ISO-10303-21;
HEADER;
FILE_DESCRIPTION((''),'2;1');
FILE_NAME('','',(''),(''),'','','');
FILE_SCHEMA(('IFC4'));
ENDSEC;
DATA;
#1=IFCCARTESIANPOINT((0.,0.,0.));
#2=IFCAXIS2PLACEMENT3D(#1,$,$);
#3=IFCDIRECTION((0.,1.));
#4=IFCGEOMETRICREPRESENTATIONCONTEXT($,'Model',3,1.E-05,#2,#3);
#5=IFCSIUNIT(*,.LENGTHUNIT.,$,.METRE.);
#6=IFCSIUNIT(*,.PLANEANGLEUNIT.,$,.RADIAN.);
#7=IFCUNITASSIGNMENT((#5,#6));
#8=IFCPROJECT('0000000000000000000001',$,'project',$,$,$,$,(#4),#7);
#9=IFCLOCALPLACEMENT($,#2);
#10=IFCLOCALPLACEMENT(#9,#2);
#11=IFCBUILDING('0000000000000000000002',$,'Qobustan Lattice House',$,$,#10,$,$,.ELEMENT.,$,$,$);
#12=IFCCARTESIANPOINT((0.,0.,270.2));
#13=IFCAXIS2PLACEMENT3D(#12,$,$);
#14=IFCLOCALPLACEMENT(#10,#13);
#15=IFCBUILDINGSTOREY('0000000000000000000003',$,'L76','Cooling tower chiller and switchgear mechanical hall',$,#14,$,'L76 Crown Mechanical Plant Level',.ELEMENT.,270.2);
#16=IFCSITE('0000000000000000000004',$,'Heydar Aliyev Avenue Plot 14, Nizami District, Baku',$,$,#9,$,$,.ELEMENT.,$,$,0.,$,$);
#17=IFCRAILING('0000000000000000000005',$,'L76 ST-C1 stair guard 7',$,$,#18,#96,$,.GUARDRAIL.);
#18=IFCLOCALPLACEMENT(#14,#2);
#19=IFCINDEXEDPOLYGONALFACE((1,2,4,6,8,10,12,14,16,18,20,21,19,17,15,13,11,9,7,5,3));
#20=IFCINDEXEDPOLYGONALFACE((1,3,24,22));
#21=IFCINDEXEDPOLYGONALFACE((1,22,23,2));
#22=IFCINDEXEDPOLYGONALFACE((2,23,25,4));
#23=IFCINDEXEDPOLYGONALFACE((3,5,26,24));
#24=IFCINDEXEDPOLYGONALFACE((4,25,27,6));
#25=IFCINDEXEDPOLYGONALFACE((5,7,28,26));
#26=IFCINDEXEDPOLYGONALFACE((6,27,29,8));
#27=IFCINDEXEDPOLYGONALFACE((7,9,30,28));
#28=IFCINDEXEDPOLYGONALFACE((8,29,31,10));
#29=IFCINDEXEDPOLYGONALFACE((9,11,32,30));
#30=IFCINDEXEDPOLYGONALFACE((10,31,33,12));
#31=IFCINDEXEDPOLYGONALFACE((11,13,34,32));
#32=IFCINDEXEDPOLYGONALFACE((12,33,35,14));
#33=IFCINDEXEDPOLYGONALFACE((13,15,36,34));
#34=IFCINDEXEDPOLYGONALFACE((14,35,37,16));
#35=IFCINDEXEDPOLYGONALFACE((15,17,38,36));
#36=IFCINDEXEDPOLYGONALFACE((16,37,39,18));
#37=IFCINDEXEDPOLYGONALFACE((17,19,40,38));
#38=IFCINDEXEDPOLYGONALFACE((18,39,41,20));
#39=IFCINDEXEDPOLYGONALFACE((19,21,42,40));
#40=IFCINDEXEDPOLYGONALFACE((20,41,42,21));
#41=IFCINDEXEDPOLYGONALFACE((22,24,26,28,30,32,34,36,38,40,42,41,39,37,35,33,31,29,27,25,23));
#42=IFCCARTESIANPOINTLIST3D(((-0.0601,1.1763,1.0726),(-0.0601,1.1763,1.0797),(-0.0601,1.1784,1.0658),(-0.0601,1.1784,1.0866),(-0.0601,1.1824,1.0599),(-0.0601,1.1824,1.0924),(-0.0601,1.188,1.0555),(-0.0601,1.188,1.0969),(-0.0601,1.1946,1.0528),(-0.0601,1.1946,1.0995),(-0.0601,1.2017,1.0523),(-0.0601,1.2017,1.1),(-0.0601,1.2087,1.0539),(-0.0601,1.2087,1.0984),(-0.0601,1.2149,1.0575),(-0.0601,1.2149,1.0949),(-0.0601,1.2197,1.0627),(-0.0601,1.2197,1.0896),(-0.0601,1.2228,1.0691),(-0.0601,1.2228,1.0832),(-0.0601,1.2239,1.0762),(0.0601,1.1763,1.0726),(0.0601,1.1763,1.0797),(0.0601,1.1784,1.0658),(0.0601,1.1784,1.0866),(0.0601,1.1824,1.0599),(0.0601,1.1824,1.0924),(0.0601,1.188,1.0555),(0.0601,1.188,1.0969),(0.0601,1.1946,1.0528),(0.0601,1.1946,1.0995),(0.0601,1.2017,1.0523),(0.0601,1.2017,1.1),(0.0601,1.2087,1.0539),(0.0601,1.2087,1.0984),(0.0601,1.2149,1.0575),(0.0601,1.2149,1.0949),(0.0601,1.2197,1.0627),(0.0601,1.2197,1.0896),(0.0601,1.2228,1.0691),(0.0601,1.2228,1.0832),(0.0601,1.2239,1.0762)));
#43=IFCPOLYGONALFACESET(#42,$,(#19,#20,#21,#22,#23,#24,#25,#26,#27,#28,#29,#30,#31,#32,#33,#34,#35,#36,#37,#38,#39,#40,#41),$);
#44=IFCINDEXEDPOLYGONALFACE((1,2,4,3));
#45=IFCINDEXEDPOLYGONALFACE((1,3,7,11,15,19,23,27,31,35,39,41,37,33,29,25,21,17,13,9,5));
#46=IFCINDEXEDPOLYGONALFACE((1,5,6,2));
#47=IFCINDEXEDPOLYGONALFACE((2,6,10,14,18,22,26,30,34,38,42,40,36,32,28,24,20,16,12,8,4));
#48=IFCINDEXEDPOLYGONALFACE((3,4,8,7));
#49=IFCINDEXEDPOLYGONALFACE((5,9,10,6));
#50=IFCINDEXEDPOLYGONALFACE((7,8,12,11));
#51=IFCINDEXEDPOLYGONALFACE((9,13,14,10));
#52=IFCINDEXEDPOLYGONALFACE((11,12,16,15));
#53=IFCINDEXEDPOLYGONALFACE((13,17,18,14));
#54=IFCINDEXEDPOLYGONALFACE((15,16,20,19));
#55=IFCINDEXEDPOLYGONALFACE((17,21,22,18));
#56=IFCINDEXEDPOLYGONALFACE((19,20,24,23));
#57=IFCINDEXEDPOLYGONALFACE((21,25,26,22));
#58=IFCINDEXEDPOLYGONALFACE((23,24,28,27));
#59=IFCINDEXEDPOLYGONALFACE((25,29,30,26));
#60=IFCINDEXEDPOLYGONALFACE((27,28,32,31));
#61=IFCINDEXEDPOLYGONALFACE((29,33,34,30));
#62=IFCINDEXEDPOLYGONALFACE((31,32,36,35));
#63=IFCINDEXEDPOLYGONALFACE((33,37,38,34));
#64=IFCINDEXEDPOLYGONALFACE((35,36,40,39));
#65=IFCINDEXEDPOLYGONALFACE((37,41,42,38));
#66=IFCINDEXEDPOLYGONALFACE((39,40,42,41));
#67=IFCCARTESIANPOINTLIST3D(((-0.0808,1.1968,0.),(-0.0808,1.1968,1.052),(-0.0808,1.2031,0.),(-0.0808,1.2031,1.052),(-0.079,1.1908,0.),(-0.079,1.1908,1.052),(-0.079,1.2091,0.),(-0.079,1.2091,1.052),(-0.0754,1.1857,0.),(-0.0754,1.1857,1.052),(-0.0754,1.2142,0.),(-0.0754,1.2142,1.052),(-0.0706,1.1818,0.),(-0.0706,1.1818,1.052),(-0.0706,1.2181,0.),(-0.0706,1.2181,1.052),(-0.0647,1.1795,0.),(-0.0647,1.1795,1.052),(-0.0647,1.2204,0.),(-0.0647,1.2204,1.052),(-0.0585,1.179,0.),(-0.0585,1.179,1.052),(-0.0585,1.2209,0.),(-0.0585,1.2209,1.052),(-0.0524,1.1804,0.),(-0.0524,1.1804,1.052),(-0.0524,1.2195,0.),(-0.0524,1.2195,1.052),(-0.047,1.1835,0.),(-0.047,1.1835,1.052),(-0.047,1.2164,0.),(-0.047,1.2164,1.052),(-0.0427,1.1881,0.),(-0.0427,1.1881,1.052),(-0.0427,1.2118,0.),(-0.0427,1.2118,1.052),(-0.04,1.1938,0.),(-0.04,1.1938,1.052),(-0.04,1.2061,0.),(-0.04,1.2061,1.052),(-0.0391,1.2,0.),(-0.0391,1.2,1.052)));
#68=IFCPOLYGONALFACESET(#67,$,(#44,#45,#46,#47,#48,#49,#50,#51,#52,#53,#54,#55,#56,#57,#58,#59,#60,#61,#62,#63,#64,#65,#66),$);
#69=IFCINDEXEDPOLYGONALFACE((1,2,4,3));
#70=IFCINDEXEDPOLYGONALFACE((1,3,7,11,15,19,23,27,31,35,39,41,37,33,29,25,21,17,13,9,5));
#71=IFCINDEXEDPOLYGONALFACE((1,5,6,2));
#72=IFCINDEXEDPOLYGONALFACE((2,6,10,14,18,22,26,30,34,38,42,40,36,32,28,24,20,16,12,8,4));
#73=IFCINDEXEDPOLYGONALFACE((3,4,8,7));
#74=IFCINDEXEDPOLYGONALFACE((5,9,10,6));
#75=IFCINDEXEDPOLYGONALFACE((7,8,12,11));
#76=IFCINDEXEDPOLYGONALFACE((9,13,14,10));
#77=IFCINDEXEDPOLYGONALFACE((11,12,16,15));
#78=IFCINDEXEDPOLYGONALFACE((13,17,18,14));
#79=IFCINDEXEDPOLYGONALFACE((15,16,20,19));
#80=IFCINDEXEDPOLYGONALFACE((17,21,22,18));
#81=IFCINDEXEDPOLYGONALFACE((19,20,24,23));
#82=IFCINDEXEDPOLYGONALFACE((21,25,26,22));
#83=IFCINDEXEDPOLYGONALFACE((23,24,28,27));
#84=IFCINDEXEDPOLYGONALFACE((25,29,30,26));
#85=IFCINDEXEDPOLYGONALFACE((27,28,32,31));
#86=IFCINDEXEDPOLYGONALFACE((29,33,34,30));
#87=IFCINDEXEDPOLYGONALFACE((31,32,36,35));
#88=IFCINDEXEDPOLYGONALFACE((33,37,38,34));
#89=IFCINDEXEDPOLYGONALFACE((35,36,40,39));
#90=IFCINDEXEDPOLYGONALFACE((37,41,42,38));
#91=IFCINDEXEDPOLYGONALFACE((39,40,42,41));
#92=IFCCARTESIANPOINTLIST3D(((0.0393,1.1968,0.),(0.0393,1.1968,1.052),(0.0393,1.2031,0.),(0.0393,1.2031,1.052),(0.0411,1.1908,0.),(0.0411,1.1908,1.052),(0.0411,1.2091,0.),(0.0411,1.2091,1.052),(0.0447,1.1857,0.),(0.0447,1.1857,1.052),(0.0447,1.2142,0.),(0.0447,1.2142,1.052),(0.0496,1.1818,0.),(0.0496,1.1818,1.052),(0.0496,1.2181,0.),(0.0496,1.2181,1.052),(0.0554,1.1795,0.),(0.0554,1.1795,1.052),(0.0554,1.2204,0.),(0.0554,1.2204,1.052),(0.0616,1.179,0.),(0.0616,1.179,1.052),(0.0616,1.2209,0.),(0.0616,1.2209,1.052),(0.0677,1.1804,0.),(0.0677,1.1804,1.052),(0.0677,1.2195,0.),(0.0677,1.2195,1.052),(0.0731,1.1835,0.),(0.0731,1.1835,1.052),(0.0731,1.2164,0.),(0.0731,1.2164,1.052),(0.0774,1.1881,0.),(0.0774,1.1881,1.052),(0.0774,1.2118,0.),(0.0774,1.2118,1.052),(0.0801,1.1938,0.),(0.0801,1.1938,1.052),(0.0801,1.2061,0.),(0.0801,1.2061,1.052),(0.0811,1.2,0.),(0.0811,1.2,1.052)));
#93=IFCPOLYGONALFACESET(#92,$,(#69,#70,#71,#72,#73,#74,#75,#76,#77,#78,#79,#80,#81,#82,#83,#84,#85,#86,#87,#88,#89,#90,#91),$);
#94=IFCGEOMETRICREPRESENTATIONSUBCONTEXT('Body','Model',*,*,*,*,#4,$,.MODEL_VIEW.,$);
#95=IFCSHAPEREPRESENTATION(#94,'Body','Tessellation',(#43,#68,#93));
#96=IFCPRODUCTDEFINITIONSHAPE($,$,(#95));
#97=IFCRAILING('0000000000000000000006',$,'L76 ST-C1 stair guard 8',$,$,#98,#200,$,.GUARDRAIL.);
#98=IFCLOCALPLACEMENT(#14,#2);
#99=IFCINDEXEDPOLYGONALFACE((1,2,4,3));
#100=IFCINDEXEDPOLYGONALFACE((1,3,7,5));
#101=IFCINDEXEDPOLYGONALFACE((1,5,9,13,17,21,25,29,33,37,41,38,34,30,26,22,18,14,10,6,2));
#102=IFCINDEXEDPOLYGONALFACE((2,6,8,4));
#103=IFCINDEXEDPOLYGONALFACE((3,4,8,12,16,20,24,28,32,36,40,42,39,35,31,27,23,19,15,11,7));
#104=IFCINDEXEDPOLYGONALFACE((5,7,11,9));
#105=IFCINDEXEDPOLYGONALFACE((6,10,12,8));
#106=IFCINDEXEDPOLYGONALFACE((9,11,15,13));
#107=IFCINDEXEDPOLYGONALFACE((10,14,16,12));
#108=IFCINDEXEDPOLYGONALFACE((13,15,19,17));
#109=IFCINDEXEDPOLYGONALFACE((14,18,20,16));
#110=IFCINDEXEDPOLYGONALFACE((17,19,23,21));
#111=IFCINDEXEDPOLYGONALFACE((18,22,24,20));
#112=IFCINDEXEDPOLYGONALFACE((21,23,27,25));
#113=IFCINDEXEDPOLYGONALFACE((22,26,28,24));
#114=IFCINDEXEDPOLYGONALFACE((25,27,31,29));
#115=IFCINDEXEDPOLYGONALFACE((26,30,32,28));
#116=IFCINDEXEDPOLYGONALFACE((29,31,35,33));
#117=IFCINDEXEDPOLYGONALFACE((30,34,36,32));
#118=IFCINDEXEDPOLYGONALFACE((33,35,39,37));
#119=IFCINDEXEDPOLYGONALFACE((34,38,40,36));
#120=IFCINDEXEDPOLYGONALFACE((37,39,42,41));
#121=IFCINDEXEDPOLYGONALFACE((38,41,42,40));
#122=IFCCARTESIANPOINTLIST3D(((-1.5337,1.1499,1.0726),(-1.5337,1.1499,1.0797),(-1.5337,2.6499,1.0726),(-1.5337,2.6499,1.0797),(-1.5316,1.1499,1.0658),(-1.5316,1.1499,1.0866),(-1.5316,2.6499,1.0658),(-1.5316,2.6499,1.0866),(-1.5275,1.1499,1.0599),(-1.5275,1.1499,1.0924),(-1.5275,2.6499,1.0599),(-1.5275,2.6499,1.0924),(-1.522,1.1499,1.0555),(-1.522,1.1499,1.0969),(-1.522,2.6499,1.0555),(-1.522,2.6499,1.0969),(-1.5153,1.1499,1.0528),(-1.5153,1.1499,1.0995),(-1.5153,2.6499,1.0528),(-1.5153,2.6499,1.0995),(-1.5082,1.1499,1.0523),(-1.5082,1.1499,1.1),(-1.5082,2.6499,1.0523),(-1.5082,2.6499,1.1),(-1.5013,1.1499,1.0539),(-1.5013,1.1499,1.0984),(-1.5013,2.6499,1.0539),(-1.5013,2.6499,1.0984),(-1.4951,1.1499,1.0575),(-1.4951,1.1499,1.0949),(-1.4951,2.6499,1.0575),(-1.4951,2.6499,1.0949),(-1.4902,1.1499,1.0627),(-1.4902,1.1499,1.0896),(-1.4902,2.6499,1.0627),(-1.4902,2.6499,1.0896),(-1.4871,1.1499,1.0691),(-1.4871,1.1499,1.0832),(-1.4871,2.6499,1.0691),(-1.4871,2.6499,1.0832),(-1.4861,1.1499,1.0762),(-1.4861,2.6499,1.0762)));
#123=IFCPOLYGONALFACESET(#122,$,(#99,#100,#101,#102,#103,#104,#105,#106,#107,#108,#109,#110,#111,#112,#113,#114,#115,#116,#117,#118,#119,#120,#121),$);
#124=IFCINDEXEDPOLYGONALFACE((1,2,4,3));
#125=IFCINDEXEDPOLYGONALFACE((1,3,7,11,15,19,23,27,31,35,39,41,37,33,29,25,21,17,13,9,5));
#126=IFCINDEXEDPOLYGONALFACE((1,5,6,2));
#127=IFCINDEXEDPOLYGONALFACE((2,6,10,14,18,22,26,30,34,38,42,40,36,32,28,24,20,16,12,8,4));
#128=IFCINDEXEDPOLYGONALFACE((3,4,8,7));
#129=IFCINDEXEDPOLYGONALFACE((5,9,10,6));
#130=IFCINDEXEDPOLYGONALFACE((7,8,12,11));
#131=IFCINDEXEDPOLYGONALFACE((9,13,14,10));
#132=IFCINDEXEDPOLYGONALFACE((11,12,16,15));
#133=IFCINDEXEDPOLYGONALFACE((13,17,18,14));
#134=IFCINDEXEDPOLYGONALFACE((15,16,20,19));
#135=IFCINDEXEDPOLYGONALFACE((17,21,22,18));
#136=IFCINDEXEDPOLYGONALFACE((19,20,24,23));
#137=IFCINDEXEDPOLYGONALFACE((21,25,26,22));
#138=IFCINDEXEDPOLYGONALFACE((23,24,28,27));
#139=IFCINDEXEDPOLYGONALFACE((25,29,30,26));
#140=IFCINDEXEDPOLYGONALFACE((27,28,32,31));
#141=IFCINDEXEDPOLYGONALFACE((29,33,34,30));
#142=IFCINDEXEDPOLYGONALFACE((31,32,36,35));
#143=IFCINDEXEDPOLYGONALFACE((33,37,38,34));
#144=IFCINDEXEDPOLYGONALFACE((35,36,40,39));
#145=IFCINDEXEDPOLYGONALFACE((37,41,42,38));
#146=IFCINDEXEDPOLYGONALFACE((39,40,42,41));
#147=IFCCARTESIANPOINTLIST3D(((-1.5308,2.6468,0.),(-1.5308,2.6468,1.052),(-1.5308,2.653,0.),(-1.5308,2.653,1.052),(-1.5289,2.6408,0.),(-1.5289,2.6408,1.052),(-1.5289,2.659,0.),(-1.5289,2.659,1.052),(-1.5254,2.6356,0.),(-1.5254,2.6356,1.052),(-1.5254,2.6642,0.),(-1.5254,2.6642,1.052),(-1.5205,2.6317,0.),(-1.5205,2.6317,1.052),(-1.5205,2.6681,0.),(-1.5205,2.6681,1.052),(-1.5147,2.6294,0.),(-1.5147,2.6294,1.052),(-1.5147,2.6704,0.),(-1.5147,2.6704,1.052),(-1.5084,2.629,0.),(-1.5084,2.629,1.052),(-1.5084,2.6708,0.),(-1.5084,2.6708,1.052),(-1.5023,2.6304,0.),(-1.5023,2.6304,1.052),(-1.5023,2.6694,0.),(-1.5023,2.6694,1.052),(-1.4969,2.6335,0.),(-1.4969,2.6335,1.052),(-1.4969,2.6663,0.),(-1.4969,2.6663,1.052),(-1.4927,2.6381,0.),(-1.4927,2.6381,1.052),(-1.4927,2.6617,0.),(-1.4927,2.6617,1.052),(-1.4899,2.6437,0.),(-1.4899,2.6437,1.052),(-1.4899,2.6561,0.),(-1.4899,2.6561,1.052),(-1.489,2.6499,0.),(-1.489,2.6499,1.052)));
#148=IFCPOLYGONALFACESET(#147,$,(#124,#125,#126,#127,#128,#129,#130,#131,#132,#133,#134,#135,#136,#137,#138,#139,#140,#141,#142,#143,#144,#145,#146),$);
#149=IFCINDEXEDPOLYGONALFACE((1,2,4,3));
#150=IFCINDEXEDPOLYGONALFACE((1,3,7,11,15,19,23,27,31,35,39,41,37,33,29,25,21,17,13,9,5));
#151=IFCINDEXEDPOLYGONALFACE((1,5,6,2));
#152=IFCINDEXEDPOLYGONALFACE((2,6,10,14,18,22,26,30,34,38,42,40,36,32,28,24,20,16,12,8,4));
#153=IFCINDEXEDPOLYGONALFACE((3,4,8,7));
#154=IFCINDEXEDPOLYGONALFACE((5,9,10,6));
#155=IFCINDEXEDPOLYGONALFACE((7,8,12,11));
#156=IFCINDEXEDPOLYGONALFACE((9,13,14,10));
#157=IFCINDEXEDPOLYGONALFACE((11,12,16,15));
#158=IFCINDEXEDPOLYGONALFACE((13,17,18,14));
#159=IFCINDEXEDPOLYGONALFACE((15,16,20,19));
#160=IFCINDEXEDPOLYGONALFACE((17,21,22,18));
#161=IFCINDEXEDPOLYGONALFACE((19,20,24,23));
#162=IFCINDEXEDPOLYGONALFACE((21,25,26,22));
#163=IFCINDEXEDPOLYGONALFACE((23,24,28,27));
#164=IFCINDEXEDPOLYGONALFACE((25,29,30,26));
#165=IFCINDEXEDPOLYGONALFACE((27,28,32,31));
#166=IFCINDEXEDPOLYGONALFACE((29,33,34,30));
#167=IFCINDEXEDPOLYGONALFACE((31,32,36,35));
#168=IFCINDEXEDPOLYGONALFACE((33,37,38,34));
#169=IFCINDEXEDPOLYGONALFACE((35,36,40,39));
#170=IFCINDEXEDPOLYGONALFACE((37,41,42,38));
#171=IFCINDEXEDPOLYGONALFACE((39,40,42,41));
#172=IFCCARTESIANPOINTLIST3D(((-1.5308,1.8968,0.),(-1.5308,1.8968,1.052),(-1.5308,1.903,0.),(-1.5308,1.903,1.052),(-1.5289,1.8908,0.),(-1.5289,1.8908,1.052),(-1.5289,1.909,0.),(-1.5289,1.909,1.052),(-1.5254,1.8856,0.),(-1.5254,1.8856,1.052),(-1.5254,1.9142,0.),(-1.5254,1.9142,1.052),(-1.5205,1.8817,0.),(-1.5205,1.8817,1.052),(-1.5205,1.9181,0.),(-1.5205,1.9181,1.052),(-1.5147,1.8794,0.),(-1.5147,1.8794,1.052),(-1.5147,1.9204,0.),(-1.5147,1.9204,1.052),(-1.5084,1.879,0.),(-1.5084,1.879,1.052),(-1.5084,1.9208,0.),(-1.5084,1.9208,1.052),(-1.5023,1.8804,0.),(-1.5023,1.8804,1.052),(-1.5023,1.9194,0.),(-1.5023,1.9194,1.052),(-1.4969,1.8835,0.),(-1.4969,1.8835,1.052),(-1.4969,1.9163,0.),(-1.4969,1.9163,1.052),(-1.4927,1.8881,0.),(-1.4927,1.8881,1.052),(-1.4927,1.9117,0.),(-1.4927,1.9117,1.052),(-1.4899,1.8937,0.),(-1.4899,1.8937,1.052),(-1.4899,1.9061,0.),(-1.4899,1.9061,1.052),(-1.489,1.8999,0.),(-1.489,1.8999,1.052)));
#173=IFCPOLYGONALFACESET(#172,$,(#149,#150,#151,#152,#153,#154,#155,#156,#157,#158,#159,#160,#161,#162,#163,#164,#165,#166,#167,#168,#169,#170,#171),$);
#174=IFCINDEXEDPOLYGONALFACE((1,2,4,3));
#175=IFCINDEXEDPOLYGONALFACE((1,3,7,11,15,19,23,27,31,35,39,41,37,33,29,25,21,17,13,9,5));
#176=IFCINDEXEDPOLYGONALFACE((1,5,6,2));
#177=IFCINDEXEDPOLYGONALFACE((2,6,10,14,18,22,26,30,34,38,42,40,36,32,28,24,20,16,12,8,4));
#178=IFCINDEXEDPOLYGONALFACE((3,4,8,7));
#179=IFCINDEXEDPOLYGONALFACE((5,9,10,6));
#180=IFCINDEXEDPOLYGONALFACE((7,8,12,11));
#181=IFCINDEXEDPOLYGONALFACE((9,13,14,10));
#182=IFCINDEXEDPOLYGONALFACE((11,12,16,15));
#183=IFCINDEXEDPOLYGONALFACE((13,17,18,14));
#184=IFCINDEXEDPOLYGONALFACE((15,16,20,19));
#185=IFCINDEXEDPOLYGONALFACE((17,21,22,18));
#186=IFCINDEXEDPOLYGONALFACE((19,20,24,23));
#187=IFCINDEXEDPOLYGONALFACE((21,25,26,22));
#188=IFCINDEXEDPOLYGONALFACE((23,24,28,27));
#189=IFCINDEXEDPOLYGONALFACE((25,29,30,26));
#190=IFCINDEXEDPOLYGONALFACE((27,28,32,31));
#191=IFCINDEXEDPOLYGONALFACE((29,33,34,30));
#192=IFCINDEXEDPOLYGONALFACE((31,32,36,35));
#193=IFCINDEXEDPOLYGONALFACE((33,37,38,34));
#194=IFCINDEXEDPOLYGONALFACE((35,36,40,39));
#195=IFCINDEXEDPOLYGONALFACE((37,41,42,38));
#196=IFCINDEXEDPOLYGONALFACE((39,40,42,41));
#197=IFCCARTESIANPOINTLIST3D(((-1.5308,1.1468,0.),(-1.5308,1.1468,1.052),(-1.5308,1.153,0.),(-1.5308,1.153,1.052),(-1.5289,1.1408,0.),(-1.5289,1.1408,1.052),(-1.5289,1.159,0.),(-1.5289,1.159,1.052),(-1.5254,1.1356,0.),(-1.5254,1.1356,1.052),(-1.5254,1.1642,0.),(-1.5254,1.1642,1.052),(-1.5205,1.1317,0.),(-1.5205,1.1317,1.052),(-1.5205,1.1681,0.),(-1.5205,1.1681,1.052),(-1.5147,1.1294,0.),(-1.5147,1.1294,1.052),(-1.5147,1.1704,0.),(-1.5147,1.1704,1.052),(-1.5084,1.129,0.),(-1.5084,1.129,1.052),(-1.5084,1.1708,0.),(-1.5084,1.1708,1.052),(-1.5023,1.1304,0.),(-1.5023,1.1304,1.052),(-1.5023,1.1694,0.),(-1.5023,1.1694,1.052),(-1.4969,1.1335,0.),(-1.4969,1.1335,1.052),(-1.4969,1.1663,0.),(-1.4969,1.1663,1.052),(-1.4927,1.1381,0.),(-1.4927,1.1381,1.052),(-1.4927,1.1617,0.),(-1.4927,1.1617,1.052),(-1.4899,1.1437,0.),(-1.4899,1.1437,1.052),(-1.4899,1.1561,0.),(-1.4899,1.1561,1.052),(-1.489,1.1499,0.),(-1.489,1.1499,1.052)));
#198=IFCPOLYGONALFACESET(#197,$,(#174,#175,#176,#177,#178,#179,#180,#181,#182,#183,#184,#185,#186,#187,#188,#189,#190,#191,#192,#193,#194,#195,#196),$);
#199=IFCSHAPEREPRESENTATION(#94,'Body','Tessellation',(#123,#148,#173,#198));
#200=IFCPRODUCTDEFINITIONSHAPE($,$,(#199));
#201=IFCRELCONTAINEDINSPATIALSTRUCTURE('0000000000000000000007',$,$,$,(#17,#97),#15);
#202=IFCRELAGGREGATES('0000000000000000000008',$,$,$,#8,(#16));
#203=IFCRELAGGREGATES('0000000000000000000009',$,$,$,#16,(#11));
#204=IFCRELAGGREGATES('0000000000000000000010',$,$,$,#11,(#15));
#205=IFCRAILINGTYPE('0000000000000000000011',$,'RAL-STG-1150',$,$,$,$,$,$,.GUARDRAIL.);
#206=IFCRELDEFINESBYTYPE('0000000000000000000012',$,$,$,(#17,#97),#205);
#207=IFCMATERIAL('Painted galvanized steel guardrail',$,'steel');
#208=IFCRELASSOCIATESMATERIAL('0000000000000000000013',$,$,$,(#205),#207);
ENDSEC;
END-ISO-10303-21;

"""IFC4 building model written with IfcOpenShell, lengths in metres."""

from ifc_helpers import new_model, si_unit, direction, frame, origin, origin_2d, place, context, subcontext, project, spatial, circle, extrude, material, type_object, element, save


model = new_model("IFC4")

# Units and contexts
model_context = context("Model", 3, precision=1e-05, world=origin(), true_north=direction((0.0, 1.0)))
body_context = subcontext(model_context, "Body", "Model", "MODEL_VIEW")
ifc_project = project(units=[si_unit("LENGTHUNIT", "METRE"), si_unit("PLANEANGLEUNIT", "RADIAN")], contexts=[model_context])

# Site, building, storey
site_placement = place(None, origin())
site = spatial("IfcSite", under=ifc_project, at=site_placement, Name="Heydar Aliyev Avenue Plot 14, Nizami District, Baku", CompositionType="ELEMENT", RefElevation=0.0)
building_placement = place(site_placement, origin())
building = spatial("IfcBuilding", under=site, at=building_placement, Name="Qobustan Lattice House", CompositionType="ELEMENT")
storey_placement = place(building_placement, frame((0.0, 0.0, 270.2)))
storey = spatial("IfcBuildingStorey", under=building, at=storey_placement, Name="L76", Description="Cooling tower chiller and switchgear mechanical hall", LongName="L76 Crown Mechanical Plant Level", CompositionType="ELEMENT", Elevation=270.2)

# Railings
ifc_material_1 = material(Name="Painted galvanized steel guardrail", Category="steel")
railing_type_1 = type_object("IfcRailingType", Name="RAL-STG-1150", PredefinedType="GUARDRAIL", material=ifc_material_1)
railing_1_placement = place(storey_placement, frame((-0.0601, 1.2, 0.0)))
element("IfcRailing", 1, at=railing_1_placement, inside=storey, type_object=railing_type_1, Name="L76 ST-C1 stair guard 7", PredefinedType="GUARDRAIL", context=body_context, shape_type="SweptSolid", body=[
    extrude(circle(Radius=0.0239, at=origin_2d()), frame((0.0, 0.0, 1.0762), z_axis=(1.0, 0.0, 0.0), x_axis=(0.0, 1.0, 0.0)), (0.0, 0.0, 1.0), 0.1201),
    extrude(circle(Radius=0.021, at=origin_2d()), origin(), (0.0, 0.0, 1.0), 1.052),
    extrude(circle(Radius=0.021, at=origin_2d()), frame((0.1201, 0.0, 0.0)), (0.0, 0.0, 1.0), 1.052),
])
railing_2_placement = place(storey_placement, frame((-1.51, 2.6499, 0.0)))
element("IfcRailing", 2, at=railing_2_placement, inside=storey, type_object=railing_type_1, Name="L76 ST-C1 stair guard 8", PredefinedType="GUARDRAIL", context=body_context, shape_type="SweptSolid", body=[
    extrude(circle(Radius=0.0239, at=origin_2d()), frame((0.0, 0.0, 1.0762), z_axis=(0.0, -1.0, 0.0), x_axis=(1.0, 0.0, 0.0)), (0.0, 0.0, 1.0), 1.5),
    extrude(circle(Radius=0.021, at=origin_2d()), origin(), (0.0, 0.0, 1.0), 1.052),
    extrude(circle(Radius=0.021, at=origin_2d()), frame((0.0, -0.75, 0.0)), (0.0, 0.0, 1.0), 1.052),
    extrude(circle(Radius=0.021, at=origin_2d()), frame((0.0, -1.5, 0.0)), (0.0, 0.0, 1.0), 1.052),
])

save(model, "model.ifc")
